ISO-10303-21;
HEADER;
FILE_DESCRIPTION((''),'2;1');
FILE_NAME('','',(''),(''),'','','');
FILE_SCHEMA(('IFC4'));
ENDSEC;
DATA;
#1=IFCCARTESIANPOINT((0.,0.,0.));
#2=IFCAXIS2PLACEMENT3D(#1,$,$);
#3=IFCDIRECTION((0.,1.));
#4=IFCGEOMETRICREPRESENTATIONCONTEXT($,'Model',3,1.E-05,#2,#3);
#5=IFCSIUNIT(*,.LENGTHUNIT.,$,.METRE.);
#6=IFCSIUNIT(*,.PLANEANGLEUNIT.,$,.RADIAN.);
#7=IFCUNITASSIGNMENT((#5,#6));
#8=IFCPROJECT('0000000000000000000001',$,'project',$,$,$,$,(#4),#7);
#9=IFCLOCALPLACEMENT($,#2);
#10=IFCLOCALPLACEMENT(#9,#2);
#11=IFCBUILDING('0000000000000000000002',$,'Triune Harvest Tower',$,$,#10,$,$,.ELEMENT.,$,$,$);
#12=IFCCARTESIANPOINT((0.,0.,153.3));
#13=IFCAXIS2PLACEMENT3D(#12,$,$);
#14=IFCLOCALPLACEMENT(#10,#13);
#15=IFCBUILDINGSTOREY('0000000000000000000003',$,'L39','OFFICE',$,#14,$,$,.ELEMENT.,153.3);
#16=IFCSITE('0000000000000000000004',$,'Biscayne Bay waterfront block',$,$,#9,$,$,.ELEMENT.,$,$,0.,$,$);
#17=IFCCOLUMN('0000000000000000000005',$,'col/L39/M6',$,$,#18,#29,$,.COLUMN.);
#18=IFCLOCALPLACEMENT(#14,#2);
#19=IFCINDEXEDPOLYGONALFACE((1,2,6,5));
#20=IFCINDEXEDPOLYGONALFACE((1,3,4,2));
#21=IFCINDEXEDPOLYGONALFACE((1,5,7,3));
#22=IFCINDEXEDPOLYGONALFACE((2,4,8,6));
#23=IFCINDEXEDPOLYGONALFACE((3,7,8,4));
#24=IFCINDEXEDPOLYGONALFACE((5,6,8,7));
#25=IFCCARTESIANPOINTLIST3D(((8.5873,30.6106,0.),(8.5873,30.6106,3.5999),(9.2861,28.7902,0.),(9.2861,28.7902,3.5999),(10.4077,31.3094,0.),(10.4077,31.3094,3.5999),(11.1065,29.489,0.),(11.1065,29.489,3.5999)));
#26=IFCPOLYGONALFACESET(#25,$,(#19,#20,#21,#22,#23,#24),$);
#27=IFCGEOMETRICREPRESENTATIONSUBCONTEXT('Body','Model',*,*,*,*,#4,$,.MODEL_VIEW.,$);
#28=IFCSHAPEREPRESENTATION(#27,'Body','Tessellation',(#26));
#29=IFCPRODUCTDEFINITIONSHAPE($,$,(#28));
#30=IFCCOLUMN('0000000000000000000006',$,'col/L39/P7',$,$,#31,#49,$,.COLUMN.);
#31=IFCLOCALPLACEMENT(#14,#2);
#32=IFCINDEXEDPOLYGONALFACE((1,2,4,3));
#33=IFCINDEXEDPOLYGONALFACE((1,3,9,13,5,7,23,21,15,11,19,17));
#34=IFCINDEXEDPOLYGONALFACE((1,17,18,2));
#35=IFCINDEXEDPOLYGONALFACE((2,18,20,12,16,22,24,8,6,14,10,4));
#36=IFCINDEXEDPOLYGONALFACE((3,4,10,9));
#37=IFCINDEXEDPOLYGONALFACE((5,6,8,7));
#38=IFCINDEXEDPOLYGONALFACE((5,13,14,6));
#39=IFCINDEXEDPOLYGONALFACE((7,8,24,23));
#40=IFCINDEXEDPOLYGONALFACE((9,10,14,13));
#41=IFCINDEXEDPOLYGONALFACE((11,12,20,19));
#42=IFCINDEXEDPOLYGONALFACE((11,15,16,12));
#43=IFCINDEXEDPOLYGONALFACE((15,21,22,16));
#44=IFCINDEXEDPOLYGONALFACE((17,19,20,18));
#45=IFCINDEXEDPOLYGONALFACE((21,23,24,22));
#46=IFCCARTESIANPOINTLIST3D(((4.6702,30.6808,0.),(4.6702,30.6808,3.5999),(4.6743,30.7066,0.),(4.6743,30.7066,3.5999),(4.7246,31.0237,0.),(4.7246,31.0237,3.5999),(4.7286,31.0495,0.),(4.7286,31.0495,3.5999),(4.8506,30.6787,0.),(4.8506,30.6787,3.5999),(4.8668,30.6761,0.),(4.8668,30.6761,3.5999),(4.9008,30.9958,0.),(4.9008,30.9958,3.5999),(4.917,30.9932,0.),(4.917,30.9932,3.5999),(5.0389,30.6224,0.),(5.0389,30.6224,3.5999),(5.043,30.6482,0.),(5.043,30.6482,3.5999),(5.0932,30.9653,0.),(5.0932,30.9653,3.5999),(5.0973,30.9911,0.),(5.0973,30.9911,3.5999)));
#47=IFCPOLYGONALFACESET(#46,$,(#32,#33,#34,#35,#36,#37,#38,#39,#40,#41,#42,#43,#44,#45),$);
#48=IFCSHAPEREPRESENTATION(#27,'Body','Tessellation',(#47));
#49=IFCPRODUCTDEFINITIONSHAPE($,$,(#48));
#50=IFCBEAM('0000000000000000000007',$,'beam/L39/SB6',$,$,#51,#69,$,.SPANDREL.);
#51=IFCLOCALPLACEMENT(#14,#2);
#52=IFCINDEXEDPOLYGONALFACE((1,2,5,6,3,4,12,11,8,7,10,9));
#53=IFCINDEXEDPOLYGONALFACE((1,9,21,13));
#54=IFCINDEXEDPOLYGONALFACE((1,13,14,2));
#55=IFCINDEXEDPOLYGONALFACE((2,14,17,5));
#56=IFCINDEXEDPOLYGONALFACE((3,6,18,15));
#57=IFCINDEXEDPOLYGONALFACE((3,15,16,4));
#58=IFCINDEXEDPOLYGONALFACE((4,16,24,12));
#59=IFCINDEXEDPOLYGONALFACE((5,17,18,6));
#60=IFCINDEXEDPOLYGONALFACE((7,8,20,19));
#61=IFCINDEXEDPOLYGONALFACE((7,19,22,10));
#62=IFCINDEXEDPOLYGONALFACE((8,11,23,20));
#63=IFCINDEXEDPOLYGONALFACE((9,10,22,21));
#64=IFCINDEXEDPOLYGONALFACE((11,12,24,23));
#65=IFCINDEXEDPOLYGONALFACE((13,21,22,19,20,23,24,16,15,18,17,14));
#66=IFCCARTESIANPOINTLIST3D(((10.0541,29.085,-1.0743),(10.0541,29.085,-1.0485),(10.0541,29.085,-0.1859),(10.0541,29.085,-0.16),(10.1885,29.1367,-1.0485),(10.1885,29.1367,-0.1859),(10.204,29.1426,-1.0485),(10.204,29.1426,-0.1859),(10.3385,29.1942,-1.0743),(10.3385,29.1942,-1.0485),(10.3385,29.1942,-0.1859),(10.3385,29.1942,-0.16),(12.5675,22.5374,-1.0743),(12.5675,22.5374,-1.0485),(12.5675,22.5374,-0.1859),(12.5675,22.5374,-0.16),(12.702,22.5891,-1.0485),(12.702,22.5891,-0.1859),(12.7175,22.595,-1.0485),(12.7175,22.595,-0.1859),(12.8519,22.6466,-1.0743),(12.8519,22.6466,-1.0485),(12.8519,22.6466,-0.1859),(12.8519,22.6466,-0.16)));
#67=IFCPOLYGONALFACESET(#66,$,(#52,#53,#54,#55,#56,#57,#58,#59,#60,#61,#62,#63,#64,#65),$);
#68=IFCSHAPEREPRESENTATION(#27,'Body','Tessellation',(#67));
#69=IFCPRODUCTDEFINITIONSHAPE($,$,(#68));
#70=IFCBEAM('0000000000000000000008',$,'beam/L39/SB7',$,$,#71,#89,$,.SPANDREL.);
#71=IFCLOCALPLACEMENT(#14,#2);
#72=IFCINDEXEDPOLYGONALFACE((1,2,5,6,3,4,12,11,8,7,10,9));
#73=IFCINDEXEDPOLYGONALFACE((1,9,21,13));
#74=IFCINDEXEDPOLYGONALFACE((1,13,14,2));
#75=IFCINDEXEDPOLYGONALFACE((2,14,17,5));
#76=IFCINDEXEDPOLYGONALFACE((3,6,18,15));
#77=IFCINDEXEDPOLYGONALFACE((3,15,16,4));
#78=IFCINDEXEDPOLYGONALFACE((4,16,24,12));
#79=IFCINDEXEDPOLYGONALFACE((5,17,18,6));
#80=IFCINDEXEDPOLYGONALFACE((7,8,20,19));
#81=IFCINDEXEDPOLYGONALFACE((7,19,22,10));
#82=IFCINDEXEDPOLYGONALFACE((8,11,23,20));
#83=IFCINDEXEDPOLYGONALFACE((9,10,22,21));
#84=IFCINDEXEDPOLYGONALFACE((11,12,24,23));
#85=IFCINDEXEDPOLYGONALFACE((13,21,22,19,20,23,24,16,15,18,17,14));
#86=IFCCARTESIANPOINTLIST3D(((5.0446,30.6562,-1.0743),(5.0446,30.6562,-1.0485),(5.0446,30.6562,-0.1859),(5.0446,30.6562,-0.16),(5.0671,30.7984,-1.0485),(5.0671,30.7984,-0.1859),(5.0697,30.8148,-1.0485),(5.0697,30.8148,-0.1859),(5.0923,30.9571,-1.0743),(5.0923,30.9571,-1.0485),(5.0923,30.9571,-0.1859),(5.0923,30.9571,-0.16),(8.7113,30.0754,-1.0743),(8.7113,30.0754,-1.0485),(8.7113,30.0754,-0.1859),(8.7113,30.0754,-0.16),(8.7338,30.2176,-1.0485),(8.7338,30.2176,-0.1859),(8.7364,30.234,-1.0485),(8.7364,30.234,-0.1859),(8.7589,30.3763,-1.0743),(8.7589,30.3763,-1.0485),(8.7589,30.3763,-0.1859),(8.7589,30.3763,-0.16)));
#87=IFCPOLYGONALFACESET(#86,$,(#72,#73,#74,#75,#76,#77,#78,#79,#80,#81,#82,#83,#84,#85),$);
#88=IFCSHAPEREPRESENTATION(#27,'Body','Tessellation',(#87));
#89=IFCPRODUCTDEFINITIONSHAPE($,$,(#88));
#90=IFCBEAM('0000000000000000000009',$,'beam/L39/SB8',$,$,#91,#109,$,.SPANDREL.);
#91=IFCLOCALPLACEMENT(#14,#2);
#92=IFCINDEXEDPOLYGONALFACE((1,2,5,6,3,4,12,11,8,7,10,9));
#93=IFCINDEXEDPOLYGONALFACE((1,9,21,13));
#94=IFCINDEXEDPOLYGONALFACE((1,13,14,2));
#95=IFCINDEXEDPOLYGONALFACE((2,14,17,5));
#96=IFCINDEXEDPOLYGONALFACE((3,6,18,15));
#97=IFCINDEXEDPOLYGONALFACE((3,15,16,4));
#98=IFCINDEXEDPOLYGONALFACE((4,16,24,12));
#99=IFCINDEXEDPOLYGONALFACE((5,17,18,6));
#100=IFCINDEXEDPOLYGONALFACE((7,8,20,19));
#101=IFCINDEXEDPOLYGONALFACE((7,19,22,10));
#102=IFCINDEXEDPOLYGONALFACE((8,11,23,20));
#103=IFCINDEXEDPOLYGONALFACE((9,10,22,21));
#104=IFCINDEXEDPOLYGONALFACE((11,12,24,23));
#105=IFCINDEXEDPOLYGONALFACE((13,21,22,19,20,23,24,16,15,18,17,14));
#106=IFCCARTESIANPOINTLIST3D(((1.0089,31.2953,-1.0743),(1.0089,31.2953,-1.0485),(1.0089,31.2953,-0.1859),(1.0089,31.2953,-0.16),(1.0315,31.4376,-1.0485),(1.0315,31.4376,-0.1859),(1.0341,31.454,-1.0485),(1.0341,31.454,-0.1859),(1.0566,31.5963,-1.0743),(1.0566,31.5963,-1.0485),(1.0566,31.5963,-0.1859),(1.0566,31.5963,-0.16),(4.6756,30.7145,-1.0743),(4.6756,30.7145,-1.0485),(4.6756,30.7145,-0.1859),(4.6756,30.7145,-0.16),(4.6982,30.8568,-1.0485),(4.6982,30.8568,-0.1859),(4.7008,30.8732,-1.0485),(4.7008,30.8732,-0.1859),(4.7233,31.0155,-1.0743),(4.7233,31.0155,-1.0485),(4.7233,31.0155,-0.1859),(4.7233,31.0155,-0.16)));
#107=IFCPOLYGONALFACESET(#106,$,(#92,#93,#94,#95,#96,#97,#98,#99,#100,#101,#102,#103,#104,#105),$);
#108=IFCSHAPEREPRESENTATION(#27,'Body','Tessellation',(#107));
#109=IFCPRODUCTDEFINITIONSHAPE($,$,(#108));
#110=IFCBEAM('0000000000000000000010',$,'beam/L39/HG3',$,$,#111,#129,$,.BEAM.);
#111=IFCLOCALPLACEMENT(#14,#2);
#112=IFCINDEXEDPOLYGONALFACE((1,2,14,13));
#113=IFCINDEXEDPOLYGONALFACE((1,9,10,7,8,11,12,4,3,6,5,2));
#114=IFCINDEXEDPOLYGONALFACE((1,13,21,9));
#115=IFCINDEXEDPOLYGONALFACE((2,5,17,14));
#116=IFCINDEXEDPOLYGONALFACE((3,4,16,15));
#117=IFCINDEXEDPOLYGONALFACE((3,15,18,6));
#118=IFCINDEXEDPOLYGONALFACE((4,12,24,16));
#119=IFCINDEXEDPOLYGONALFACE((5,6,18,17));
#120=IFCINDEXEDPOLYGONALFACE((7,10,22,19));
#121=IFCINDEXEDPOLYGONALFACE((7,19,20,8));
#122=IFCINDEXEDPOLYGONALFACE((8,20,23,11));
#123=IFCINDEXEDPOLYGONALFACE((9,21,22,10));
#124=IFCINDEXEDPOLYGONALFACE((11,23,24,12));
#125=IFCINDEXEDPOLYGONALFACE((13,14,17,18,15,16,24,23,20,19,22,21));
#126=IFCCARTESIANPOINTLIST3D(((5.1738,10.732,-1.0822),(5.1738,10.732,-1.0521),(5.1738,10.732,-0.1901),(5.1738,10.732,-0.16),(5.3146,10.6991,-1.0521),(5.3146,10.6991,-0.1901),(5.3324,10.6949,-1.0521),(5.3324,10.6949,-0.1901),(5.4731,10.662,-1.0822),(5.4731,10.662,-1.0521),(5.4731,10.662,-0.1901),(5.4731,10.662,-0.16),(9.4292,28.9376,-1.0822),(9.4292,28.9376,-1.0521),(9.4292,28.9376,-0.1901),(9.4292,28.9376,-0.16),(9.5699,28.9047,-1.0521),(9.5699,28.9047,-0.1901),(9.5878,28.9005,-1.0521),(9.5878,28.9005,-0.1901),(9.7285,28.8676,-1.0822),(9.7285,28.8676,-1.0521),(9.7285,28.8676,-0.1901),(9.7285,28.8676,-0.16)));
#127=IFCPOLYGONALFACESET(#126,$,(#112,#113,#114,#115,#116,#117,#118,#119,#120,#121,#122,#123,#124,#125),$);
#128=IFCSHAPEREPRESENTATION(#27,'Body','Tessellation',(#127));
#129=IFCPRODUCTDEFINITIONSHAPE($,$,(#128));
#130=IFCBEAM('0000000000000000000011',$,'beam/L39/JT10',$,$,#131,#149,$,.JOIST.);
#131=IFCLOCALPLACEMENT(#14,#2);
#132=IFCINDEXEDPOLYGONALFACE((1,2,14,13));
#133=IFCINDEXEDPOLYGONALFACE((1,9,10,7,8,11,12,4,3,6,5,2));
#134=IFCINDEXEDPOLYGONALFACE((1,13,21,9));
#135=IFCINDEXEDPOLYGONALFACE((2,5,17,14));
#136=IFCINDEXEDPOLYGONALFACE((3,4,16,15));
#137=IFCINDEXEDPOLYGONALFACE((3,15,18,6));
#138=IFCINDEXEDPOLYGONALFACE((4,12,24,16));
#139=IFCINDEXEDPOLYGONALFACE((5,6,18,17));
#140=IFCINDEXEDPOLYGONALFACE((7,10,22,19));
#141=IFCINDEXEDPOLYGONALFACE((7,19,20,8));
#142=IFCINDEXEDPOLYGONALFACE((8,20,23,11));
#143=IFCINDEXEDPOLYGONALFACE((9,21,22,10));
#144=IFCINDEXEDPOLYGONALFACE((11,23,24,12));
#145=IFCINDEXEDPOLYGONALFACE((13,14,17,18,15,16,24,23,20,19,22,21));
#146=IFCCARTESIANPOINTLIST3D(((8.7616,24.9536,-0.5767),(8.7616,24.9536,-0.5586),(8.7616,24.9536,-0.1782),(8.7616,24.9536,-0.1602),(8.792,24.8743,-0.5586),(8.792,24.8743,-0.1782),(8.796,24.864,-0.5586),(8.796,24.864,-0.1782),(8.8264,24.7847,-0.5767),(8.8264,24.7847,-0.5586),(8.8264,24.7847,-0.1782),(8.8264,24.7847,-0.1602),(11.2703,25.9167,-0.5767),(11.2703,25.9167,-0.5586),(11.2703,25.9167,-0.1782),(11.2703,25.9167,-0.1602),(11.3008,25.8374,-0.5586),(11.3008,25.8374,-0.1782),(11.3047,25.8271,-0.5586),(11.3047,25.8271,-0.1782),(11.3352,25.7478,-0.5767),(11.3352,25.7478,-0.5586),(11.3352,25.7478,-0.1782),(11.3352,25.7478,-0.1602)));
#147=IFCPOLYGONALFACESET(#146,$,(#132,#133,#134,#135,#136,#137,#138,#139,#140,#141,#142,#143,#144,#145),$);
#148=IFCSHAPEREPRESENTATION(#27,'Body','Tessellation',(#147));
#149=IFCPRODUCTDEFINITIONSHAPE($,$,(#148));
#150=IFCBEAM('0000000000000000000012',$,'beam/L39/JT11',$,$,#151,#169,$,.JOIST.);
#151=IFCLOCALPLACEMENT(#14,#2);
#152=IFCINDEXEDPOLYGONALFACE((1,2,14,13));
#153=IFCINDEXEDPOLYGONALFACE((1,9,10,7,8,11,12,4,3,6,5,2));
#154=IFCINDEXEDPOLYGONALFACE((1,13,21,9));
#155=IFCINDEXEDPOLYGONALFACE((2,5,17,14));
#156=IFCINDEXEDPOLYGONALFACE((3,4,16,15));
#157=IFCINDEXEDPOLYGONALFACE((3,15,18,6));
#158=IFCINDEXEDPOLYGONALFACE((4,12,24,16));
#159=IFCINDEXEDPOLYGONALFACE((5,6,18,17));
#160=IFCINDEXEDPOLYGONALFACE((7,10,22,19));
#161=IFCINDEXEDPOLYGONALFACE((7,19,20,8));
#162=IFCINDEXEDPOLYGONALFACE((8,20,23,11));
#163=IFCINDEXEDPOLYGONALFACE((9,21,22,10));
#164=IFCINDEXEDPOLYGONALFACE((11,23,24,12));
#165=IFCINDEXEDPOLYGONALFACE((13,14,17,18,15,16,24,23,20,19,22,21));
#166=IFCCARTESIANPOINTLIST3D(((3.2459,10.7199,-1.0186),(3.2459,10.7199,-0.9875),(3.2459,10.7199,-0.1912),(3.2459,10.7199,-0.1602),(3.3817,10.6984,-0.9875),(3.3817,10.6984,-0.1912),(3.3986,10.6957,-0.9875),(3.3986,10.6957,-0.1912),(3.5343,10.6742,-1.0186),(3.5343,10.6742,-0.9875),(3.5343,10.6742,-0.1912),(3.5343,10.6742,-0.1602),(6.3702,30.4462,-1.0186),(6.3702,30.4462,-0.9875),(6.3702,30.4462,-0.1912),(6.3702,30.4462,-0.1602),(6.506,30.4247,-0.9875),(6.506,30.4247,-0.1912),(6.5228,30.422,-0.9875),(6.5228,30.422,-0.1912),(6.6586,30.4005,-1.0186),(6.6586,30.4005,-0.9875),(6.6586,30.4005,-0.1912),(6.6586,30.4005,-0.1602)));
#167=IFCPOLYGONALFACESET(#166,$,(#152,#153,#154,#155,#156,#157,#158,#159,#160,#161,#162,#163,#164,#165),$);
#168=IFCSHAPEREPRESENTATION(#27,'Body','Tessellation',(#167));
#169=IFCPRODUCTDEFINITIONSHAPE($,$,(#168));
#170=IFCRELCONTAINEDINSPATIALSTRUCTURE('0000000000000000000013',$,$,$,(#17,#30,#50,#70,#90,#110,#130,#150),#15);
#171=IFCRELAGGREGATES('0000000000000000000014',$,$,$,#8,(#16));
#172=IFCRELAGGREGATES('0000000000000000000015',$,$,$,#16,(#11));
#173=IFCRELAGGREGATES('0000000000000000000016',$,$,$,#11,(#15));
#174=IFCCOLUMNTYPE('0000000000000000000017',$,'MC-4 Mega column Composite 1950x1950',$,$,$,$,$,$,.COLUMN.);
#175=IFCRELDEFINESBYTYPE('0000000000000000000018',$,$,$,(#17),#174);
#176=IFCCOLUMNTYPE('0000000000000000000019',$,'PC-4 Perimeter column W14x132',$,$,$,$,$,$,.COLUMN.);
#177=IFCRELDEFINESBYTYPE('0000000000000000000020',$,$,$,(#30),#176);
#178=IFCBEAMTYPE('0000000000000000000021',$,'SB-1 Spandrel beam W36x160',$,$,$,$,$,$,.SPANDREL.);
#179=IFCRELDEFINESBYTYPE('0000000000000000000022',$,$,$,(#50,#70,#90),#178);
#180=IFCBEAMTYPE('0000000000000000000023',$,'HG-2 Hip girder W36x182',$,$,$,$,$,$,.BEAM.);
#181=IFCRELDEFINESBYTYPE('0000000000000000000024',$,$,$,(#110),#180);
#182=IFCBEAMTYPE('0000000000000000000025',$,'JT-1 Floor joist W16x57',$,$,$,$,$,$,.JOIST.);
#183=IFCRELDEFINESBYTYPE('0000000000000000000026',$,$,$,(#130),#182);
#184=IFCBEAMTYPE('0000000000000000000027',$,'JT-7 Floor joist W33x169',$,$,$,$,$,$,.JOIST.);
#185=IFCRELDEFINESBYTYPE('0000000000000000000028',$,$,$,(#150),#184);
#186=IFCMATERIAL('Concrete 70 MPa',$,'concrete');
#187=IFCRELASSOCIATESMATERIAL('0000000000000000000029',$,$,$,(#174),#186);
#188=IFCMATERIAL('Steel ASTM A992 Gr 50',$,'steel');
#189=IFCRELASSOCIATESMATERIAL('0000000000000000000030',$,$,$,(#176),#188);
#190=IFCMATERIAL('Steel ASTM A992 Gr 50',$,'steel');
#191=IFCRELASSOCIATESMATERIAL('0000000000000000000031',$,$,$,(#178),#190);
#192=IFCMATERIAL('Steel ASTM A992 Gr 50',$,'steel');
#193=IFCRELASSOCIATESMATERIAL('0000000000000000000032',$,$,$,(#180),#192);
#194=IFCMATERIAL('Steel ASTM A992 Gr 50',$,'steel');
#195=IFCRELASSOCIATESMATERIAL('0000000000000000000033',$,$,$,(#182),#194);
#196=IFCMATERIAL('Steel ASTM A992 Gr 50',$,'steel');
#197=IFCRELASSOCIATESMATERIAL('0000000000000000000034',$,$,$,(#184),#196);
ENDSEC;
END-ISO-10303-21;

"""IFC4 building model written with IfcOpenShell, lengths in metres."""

from ifc_helpers import new_model, si_unit, direction, frame, origin, origin_2d, place, context, subcontext, project, spatial, rectangle, i_section, extrude, source, transform, mapped, material, material_profile, profile_set, type_object, element, save


model = new_model("IFC4")

# Units and contexts
model_context = context("Model", 3, precision=1e-05, world=origin(), true_north=direction((0.0, 1.0)))
body_context = subcontext(model_context, "Body", "Model", "MODEL_VIEW")
ifc_project = project(units=[si_unit("LENGTHUNIT", "METRE"), si_unit("PLANEANGLEUNIT", "RADIAN")], contexts=[model_context])

# Site, building, storey
site_placement = place(None, origin())
site = spatial("IfcSite", under=ifc_project, at=site_placement, Name="Biscayne Bay waterfront block", CompositionType="ELEMENT", RefElevation=0.0)
building_placement = place(site_placement, origin())
building = spatial("IfcBuilding", under=site, at=building_placement, Name="Triune Harvest Tower", CompositionType="ELEMENT")
storey_placement = place(building_placement, frame((0.0, 0.0, 153.3)))
storey = spatial("IfcBuildingStorey", under=building, at=storey_placement, Name="L39", Description="OFFICE", CompositionType="ELEMENT", Elevation=153.3)

# Columns
ifc_material_1 = material(Name="Concrete 70 MPa", Category="concrete")
ifc_material_profile_1 = material_profile(ifc_material_1, rectangle(XDim=1.95, YDim=1.95, at=origin_2d()), Name="Composite 1950x1950")
ifc_profile_set_1 = profile_set([ifc_material_profile_1], Name="Concrete 70 MPa")
column_type_1 = type_object("IfcColumnType", Name="MC-4 Mega column Composite 1950x1950", PredefinedType="COLUMN", material=ifc_profile_set_1)
shared_shape_1 = source(origin(), body_context, "Body", "SweptSolid", [
    extrude(rectangle(XDim=1.95, YDim=1.95, at=origin_2d()), origin(), (0.0, 0.0, 1.0), 3.5999),
])
column_1_placement = place(storey_placement, frame((9.8469, 30.0498, 0.0), z_axis=(0.0, 0.0, 1.0), x_axis=(-0.358368, 0.93358, 0.0)))
element("IfcColumn", 1, at=column_1_placement, inside=storey, type_object=column_type_1, Name="col/L39/M6", PredefinedType="COLUMN", context=body_context, shape_type="MappedRepresentation", body=[
    mapped(shared_shape_1, transform((0.0, 0.0, 0.0), scale=1.0)),
])
ifc_material_2 = material(Name="Steel ASTM A992 Gr 50", Category="steel")
ifc_material_profile_2 = material_profile(ifc_material_2, i_section(OverallWidth=0.3733, OverallDepth=0.3733, WebThickness=0.0164, FlangeThickness=0.0261, at=origin_2d()), Name="W14x132")
ifc_profile_set_2 = profile_set([ifc_material_profile_2], Name="Steel ASTM A992 Gr 50")
column_type_2 = type_object("IfcColumnType", Name="PC-4 Perimeter column W14x132", PredefinedType="COLUMN", material=ifc_profile_set_2)
shared_shape_2 = source(origin(), body_context, "Body", "SweptSolid", [
    extrude(i_section(OverallWidth=0.3733, OverallDepth=0.3733, WebThickness=0.0164, FlangeThickness=0.0261, at=origin_2d()), origin(), (0.0, 0.0, 1.0), 3.5999),
])
column_2_placement = place(storey_placement, frame((4.8838, 30.8359, 0.0), z_axis=(0.0, 0.0, 1.0), x_axis=(-0.987688, 0.156434, 0.0)))
element("IfcColumn", 2, at=column_2_placement, inside=storey, type_object=column_type_2, Name="col/L39/P7", PredefinedType="COLUMN", context=body_context, shape_type="MappedRepresentation", body=[
    mapped(shared_shape_2, transform((0.0, 0.0, 0.0), scale=1.0)),
])

# Beams
ifc_material_3 = material(Name="Steel ASTM A992 Gr 50", Category="steel")
ifc_material_profile_3 = material_profile(ifc_material_3, i_section(OverallWidth=0.3047, OverallDepth=0.9143, WebThickness=0.0166, FlangeThickness=0.0259, at=origin_2d()), Name="W36x160")
ifc_profile_set_3 = profile_set([ifc_material_profile_3], Name="Steel ASTM A992 Gr 50")
beam_type_1 = type_object("IfcBeamType", Name="SB-1 Spandrel beam W36x160", PredefinedType="SPANDREL", material=ifc_profile_set_3)
shared_shape_3 = source(origin(), body_context, "Body", "SweptSolid", [
    extrude(i_section(OverallWidth=0.3047, OverallDepth=0.9143, WebThickness=0.0166, FlangeThickness=0.0259, at=origin_2d()), origin(), (0.0, 0.0, 1.0), 7.0134),
])
beam_1_placement = place(storey_placement, frame((12.7097, 22.592, -0.6172), z_axis=(-0.358373, 0.933579, 0.0), x_axis=(-0.933579, -0.358373, 0.0)))
element("IfcBeam", 3, at=beam_1_placement, inside=storey, type_object=beam_type_1, Name="beam/L39/SB6", PredefinedType="SPANDREL", context=body_context, shape_type="MappedRepresentation", body=[
    mapped(shared_shape_3, transform((0.0, 0.0, 0.0), scale=1.0)),
])
shared_shape_4 = source(origin(), body_context, "Body", "SweptSolid", [
    extrude(i_section(OverallWidth=0.3047, OverallDepth=0.9143, WebThickness=0.0166, FlangeThickness=0.0259, at=origin_2d()), origin(), (0.0, 0.0, 1.0), 3.7124),
])
for number, where, z_axis, x_axis, name in (
    (4, (8.7351, 30.2258, -0.6172), (-0.987686, 0.156449, 0.0), (-0.156449, -0.987686, 0.0), "beam/L39/SB7"),
    (5, (4.6995, 30.865, -0.6172), (-0.987686, 0.156449, 0.0), (-0.156449, -0.987686, 0.0), "beam/L39/SB8"),
):
    element("IfcBeam", number, at=place(storey_placement, frame(where, z_axis=z_axis, x_axis=x_axis)), inside=storey, type_object=beam_type_1, Name=name, PredefinedType="SPANDREL", context=body_context, shape_type="MappedRepresentation", body=[
        mapped(shared_shape_4, transform((0.0, 0.0, 0.0), scale=1.0)),
    ])
ifc_material_4 = material(Name="Steel ASTM A992 Gr 50", Category="steel")
ifc_material_profile_4 = material_profile(ifc_material_4, i_section(OverallWidth=0.3074, OverallDepth=0.9221, WebThickness=0.0183, FlangeThickness=0.03, at=origin_2d()), Name="W36x182")
ifc_profile_set_4 = profile_set([ifc_material_profile_4], Name="Steel ASTM A992 Gr 50")
beam_type_2 = type_object("IfcBeamType", Name="HG-2 Hip girder W36x182", PredefinedType="BEAM", material=ifc_profile_set_4)
shared_shape_5 = source(origin(), body_context, "Body", "SweptSolid", [
    extrude(i_section(OverallWidth=0.3074, OverallDepth=0.9221, WebThickness=0.0183, FlangeThickness=0.03, at=origin_2d()), origin(), (0.0, 0.0, 1.0), 18.6963),
])
beam_2_placement = place(storey_placement, frame((9.5789, 28.9026, -0.6211), z_axis=(-0.227605, -0.973753, 0.0), x_axis=(0.973753, -0.227605, 0.0)))
element("IfcBeam", 6, at=beam_2_placement, inside=storey, type_object=beam_type_2, Name="beam/L39/HG3", PredefinedType="BEAM", context=body_context, shape_type="MappedRepresentation", body=[
    mapped(shared_shape_5, transform((0.0, 0.0, 0.0), scale=1.0)),
])
ifc_material_5 = material(Name="Steel ASTM A992 Gr 50", Category="steel")
ifc_material_profile_5 = material_profile(ifc_material_5, i_section(OverallWidth=0.1809, OverallDepth=0.4165, WebThickness=0.011, FlangeThickness=0.0181, at=origin_2d()), Name="W16x57")
ifc_profile_set_5 = profile_set([ifc_material_profile_5], Name="Steel ASTM A992 Gr 50")
beam_type_3 = type_object("IfcBeamType", Name="JT-1 Floor joist W16x57", PredefinedType="JOIST", material=ifc_profile_set_5)
shared_shape_6 = source(origin(), body_context, "Body", "SweptSolid", [
    extrude(i_section(OverallWidth=0.1809, OverallDepth=0.4165, WebThickness=0.011, FlangeThickness=0.0181, at=origin_2d()), origin(), (0.0, 0.0, 1.0), 2.6873),
])
beam_3_placement = place(storey_placement, frame((11.3027, 25.8323, -0.3684), z_axis=(-0.933568, -0.358401, 0.0), x_axis=(0.358401, -0.933568, 0.0)))
element("IfcBeam", 7, at=beam_3_placement, inside=storey, type_object=beam_type_3, Name="beam/L39/JT10", PredefinedType="JOIST", context=body_context, shape_type="MappedRepresentation", body=[
    mapped(shared_shape_6, transform((0.0, 0.0, 0.0), scale=1.0)),
])
ifc_material_6 = material(Name="Steel ASTM A992 Gr 50", Category="steel")
ifc_material_profile_6 = material_profile(ifc_material_6, i_section(OverallWidth=0.292, OverallDepth=0.8584, WebThickness=0.0171, FlangeThickness=0.031, at=origin_2d()), Name="W33x169")
ifc_profile_set_6 = profile_set([ifc_material_profile_6], Name="Steel ASTM A992 Gr 50")
beam_type_4 = type_object("IfcBeamType", Name="JT-7 Floor joist W33x169", PredefinedType="JOIST", material=ifc_profile_set_6)
shared_shape_7 = source(origin(), body_context, "Body", "SweptSolid", [
    extrude(i_section(OverallWidth=0.292, OverallDepth=0.8584, WebThickness=0.0171, FlangeThickness=0.031, at=origin_2d()), origin(), (0.0, 0.0, 1.0), 19.9722),
])
beam_4_placement = place(storey_placement, frame((6.5144, 30.4233, -0.5894), z_axis=(-0.156431, -0.987689, 0.0), x_axis=(0.987689, -0.156431, 0.0)))
element("IfcBeam", 8, at=beam_4_placement, inside=storey, type_object=beam_type_4, Name="beam/L39/JT11", PredefinedType="JOIST", context=body_context, shape_type="MappedRepresentation", body=[
    mapped(shared_shape_7, transform((0.0, 0.0, 0.0), scale=1.0)),
])

save(model, "model.ifc")
